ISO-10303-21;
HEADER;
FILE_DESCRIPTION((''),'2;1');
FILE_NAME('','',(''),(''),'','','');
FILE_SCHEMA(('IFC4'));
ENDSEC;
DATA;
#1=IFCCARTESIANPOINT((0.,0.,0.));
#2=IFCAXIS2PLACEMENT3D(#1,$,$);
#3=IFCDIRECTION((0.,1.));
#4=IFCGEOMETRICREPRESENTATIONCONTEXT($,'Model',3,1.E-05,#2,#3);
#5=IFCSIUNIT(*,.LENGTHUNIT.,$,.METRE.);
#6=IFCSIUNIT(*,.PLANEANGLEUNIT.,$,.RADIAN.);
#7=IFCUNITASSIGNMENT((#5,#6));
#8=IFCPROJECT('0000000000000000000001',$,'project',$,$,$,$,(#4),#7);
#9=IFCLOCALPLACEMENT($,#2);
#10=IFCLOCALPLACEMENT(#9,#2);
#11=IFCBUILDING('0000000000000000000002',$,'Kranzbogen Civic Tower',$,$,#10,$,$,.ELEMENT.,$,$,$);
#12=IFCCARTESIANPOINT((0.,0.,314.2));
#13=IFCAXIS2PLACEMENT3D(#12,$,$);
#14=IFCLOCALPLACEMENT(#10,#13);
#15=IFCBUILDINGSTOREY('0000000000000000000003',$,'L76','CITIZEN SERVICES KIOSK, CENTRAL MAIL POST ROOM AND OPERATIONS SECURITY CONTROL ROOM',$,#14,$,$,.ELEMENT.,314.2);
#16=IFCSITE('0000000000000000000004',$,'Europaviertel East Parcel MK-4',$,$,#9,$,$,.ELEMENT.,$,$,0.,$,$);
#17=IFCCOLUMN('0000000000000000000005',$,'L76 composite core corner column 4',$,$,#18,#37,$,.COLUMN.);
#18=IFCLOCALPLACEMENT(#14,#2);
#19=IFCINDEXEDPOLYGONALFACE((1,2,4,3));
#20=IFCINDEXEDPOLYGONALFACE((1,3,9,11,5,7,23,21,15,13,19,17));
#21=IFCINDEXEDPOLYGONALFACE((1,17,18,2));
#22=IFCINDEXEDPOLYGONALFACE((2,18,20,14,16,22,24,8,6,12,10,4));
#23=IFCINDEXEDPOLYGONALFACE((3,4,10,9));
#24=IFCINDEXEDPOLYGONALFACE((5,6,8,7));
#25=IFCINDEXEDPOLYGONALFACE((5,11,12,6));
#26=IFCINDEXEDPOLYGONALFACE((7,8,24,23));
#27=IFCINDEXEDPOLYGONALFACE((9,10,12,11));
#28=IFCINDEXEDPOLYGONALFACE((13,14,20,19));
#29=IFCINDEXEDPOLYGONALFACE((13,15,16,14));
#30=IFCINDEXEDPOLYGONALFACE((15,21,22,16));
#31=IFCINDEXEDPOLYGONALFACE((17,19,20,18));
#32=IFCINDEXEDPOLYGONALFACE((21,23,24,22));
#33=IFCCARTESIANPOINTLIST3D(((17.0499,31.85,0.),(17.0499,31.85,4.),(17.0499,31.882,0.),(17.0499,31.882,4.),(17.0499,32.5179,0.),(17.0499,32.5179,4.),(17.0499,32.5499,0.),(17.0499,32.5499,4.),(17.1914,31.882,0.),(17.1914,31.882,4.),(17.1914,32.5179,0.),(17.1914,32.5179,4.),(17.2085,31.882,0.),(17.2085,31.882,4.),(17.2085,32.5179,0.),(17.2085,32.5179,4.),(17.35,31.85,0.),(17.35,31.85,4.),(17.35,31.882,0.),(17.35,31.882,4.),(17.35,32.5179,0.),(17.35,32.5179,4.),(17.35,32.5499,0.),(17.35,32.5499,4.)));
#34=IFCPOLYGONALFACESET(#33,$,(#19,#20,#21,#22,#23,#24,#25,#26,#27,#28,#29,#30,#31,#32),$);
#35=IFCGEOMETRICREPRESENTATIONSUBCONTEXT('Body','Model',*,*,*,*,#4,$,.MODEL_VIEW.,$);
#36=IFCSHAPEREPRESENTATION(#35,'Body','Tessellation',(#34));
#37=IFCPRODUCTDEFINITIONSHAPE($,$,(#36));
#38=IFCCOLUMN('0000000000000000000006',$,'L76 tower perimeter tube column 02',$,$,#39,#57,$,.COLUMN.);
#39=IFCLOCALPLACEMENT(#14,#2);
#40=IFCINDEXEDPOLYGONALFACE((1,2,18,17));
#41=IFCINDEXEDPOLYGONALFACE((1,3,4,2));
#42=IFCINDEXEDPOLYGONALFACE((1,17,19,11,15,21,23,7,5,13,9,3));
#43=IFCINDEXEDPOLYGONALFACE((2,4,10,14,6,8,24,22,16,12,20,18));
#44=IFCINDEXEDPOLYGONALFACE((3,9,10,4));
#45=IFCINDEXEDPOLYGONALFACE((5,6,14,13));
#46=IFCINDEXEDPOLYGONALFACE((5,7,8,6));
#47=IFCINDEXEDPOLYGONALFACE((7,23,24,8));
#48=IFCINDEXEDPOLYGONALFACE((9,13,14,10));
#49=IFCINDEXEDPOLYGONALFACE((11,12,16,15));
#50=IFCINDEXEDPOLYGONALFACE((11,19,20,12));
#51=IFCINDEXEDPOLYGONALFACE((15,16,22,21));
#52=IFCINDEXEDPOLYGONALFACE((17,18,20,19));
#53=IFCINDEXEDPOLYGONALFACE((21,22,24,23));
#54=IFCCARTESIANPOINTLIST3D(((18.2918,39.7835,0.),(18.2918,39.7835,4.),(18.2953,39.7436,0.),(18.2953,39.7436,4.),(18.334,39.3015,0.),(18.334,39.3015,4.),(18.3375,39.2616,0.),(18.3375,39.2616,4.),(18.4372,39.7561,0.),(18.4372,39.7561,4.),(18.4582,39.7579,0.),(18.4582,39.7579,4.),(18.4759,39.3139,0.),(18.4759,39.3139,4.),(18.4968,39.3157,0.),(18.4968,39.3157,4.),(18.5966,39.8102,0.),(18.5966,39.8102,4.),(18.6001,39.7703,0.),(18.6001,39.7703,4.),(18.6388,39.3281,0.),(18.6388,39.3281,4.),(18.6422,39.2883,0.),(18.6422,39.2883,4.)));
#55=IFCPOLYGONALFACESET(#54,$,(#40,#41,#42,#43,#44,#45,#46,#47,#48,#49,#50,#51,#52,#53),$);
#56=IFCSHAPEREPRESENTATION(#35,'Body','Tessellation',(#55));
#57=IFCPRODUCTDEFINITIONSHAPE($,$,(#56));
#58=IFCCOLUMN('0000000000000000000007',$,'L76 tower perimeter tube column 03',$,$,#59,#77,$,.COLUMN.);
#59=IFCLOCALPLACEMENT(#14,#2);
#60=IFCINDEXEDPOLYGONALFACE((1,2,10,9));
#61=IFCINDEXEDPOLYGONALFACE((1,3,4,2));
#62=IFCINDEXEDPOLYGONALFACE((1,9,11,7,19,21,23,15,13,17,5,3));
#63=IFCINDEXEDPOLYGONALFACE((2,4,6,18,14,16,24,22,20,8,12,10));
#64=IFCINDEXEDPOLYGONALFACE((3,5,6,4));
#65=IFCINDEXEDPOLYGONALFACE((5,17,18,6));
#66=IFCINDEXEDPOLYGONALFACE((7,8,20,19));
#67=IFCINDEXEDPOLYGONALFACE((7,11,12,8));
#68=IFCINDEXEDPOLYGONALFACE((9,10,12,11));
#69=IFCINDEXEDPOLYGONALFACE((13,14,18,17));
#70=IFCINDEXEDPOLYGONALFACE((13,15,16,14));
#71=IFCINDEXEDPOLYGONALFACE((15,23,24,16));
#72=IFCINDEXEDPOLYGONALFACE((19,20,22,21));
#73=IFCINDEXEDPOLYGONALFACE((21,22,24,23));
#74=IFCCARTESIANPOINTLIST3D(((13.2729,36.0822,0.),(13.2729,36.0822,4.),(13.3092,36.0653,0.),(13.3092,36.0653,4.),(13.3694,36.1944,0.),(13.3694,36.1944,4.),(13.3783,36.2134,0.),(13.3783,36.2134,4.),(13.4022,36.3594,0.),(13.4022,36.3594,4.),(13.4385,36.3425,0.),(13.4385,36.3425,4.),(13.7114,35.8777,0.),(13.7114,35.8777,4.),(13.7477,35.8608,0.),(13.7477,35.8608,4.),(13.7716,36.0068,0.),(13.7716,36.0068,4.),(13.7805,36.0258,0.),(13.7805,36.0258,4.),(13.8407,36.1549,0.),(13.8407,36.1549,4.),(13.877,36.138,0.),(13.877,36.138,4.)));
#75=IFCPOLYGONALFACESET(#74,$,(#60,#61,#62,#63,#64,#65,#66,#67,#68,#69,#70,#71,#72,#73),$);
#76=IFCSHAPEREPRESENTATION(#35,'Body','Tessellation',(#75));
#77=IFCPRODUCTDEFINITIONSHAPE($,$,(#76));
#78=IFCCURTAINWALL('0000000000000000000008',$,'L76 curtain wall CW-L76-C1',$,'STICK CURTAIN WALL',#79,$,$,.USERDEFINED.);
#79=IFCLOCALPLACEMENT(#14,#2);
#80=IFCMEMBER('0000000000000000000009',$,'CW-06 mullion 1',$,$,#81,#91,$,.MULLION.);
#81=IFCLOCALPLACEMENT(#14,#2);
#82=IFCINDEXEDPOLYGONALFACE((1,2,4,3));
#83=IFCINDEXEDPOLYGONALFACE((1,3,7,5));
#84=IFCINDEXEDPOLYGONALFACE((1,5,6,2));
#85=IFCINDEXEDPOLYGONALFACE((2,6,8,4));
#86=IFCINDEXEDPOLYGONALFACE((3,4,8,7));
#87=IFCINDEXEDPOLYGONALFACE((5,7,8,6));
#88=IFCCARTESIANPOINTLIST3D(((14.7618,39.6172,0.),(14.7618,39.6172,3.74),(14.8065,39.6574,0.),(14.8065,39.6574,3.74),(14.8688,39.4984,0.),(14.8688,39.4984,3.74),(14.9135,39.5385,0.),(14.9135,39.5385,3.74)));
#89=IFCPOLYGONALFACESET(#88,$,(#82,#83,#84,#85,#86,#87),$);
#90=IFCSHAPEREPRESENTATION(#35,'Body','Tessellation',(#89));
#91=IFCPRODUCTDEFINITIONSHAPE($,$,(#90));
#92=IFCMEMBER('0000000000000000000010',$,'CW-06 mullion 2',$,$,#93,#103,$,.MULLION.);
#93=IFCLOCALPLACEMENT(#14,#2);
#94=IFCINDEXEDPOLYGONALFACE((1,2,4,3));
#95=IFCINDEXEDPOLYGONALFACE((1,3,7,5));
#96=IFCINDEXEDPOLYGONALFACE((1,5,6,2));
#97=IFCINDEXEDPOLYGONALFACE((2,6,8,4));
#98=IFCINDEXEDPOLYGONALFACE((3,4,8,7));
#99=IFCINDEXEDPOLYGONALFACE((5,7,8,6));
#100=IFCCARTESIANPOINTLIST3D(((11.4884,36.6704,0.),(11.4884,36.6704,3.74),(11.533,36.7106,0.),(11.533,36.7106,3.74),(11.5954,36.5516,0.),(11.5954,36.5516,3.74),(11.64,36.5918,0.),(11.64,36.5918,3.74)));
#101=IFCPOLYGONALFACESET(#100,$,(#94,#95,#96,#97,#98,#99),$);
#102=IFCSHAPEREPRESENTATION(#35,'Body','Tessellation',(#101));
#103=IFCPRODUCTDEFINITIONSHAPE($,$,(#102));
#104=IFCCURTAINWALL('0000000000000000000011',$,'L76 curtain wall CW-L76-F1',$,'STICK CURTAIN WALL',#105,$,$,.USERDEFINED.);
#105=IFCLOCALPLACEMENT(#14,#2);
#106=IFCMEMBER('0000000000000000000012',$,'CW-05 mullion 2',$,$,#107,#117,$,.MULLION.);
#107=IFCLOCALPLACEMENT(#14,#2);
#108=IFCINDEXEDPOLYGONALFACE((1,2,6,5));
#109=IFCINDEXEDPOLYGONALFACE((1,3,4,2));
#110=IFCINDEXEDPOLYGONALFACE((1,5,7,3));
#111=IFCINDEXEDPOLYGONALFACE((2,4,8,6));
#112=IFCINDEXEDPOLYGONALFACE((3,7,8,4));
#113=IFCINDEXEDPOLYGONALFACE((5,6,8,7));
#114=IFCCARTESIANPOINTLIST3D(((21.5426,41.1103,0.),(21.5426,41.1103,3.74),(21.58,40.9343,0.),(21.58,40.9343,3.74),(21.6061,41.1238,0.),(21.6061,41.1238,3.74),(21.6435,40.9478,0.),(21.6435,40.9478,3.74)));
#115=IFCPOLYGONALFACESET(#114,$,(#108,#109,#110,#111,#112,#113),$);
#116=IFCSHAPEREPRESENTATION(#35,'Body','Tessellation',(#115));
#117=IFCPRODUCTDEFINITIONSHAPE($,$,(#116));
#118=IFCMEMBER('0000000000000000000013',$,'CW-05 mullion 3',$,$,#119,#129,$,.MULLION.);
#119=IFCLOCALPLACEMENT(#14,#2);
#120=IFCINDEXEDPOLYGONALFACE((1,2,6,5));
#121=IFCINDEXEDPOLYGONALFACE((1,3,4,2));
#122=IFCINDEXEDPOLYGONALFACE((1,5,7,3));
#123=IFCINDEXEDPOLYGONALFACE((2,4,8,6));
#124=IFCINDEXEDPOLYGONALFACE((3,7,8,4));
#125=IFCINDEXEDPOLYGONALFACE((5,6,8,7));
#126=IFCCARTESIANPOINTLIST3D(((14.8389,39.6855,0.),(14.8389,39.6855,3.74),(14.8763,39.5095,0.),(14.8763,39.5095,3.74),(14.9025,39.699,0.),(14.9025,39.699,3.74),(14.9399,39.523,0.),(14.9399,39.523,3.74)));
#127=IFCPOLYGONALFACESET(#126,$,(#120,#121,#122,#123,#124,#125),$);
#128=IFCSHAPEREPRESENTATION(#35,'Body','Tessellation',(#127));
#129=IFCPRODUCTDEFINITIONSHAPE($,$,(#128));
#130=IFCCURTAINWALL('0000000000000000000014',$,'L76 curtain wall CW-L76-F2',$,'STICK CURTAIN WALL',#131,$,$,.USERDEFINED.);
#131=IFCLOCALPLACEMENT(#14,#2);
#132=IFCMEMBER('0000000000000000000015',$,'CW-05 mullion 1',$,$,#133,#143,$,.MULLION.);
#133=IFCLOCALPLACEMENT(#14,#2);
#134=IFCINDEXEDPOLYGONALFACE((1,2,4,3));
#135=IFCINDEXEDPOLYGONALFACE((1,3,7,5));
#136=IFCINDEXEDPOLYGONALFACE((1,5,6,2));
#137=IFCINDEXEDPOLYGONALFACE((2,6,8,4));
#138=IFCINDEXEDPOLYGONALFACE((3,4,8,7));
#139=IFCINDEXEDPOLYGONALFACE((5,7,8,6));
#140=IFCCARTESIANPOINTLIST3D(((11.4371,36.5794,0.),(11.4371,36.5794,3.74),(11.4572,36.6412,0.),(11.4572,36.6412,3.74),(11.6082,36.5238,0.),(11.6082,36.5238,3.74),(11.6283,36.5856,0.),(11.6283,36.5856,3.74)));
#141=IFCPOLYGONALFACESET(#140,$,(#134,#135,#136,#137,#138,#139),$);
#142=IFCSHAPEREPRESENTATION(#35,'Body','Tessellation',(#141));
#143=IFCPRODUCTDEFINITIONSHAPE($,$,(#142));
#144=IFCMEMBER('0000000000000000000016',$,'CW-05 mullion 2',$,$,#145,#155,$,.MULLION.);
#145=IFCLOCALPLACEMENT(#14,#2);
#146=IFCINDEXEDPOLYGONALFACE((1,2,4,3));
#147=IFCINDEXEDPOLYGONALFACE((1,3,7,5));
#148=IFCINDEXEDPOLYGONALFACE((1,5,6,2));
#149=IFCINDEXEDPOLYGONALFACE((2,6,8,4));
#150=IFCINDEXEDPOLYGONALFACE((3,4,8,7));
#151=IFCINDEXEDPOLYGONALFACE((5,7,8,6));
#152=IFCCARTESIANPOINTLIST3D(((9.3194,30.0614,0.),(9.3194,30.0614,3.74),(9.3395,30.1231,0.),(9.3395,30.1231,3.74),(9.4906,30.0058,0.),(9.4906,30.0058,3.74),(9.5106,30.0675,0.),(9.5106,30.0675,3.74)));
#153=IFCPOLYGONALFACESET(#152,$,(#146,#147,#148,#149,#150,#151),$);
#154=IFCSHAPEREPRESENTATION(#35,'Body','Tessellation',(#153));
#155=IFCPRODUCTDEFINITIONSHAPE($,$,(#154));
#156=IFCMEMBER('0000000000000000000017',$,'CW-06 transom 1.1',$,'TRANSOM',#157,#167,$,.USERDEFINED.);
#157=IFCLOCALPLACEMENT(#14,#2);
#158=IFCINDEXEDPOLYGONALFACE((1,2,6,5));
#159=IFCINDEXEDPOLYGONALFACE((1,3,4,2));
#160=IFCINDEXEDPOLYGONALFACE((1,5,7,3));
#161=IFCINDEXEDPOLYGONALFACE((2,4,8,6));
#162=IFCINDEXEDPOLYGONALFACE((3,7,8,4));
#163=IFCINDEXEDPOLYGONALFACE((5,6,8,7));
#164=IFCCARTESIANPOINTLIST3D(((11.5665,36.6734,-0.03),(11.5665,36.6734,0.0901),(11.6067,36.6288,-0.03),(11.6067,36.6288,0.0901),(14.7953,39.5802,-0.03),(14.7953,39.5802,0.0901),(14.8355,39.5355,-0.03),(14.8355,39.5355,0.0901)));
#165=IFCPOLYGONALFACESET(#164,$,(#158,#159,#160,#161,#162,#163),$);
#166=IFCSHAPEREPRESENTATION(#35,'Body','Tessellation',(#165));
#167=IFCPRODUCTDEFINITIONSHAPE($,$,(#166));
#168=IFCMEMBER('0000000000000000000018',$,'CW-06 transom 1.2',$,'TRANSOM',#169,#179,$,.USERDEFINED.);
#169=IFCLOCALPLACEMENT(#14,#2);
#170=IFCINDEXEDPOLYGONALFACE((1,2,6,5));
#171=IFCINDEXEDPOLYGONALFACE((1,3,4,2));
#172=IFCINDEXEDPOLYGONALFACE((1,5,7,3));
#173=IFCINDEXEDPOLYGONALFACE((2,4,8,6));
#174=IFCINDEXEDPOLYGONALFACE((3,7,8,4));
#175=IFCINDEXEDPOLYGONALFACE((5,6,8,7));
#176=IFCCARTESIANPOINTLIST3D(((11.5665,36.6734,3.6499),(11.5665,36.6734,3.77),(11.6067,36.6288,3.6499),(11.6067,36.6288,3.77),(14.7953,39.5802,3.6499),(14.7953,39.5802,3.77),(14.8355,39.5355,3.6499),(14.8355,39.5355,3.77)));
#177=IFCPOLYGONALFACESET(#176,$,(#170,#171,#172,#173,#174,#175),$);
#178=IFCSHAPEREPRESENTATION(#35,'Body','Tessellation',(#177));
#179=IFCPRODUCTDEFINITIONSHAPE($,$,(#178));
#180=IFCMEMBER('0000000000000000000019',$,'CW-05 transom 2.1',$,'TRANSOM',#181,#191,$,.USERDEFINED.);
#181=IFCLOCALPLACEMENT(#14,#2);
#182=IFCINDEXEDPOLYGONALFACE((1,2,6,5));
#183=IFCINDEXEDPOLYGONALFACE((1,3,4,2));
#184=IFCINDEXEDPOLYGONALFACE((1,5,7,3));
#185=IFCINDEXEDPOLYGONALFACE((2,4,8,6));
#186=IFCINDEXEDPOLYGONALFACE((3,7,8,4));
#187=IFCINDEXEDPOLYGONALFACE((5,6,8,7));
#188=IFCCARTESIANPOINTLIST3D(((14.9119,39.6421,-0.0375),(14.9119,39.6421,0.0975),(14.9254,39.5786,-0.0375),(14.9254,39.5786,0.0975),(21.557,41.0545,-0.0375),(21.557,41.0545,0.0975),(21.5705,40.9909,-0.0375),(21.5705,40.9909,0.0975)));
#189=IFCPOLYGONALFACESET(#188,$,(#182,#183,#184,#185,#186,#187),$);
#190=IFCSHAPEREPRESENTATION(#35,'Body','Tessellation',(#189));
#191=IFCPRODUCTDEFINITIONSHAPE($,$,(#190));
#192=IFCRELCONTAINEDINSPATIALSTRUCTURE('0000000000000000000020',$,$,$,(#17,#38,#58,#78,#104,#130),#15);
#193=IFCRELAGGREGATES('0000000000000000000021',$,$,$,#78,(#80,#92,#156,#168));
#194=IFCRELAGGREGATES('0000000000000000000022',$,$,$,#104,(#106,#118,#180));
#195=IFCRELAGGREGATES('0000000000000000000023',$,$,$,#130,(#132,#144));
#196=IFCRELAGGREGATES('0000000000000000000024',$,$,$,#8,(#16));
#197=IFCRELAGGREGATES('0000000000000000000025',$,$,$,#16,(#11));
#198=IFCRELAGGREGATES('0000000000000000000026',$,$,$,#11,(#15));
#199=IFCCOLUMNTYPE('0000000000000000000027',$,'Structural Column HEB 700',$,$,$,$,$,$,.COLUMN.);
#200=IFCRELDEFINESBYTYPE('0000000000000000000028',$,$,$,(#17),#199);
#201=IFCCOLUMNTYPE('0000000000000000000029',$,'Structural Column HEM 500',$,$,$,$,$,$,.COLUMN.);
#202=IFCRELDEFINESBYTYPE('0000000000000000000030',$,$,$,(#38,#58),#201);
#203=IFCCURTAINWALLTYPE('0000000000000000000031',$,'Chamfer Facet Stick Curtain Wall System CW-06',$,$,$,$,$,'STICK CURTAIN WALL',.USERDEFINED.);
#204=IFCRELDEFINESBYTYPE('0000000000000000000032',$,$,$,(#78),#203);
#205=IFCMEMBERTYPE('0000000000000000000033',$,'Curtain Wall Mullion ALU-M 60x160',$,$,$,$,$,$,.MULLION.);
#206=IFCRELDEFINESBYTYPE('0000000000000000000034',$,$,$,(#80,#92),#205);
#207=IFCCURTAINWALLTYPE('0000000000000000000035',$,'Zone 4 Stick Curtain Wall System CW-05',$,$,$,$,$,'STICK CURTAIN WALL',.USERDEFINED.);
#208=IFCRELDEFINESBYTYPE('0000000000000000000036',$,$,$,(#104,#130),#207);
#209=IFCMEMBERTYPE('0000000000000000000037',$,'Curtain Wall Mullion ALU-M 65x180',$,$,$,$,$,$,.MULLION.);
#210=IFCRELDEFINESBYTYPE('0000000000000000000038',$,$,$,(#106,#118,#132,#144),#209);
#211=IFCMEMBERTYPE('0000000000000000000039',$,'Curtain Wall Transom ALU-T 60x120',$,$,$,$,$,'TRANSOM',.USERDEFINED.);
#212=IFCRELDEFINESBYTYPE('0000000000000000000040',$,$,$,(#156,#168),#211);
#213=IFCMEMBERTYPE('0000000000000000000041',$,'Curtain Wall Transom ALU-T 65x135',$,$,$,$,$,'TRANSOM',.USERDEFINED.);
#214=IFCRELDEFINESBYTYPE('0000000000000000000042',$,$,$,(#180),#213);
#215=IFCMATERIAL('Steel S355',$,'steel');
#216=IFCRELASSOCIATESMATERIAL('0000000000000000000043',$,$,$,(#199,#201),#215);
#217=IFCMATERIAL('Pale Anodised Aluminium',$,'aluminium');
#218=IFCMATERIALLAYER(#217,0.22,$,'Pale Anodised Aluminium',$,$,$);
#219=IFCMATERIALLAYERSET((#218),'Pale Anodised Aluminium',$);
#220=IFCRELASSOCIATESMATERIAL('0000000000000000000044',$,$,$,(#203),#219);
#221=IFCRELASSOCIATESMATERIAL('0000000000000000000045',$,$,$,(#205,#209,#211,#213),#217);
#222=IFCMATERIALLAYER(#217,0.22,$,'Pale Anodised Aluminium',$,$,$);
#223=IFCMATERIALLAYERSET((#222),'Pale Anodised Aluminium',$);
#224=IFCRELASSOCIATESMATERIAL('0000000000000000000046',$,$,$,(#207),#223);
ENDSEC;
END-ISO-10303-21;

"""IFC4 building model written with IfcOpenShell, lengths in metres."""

from ifc_helpers import new_model, si_unit, direction, frame, origin, origin_2d, place, context, subcontext, project, spatial, rectangle, i_section, extrude, material, layer, layer_set, material_profile, profile_set, type_object, element, aggregate, save


model = new_model("IFC4")

# Units and contexts
model_context = context("Model", 3, precision=1e-05, world=origin(), true_north=direction((0.0, 1.0)))
body_context = subcontext(model_context, "Body", "Model", "MODEL_VIEW")
ifc_project = project(units=[si_unit("LENGTHUNIT", "METRE"), si_unit("PLANEANGLEUNIT", "RADIAN")], contexts=[model_context])

# Site, building, storey
site_placement = place(None, origin())
site = spatial("IfcSite", under=ifc_project, at=site_placement, Name="Europaviertel East Parcel MK-4", CompositionType="ELEMENT", RefElevation=0.0)
building_placement = place(site_placement, origin())
building = spatial("IfcBuilding", under=site, at=building_placement, Name="Kranzbogen Civic Tower", CompositionType="ELEMENT")
storey_placement = place(building_placement, frame((0.0, 0.0, 314.2)))
storey = spatial("IfcBuildingStorey", under=building, at=storey_placement, Name="L76", Description="CITIZEN SERVICES KIOSK, CENTRAL MAIL POST ROOM AND OPERATIONS SECURITY CONTROL ROOM", CompositionType="ELEMENT", Elevation=314.2)

# Columns
ifc_material_1 = material(Name="Steel S355", Category="steel")
ifc_material_profile_1 = material_profile(ifc_material_1, i_section(OverallWidth=0.3, OverallDepth=0.7, WebThickness=0.0171, FlangeThickness=0.032, at=origin_2d()), Name="HEB 700")
ifc_profile_set_1 = profile_set([ifc_material_profile_1], Name="Steel S355")
column_type_1 = type_object("IfcColumnType", Name="Structural Column HEB 700", PredefinedType="COLUMN", material=ifc_profile_set_1)
column_placement = place(storey_placement, frame((17.2, 32.2, 0.0), z_axis=(0.0, 0.0, 1.0), x_axis=(1.0, 0.0, 0.0)))
element("IfcColumn", 1, at=column_placement, inside=storey, type_object=column_type_1, Name="L76 composite core corner column 4", PredefinedType="COLUMN", context=body_context, shape_type="SweptSolid", body=[
    extrude(i_section(OverallWidth=0.3, OverallDepth=0.7, WebThickness=0.0171, FlangeThickness=0.032, at=origin_2d()), origin(), (0.0, 0.0, 1.0), 4.0),
])
ifc_material_profile_2 = material_profile(ifc_material_1, i_section(OverallWidth=0.3059, OverallDepth=0.5239, WebThickness=0.021, FlangeThickness=0.04, at=origin_2d()), Name="HEM 500")
ifc_profile_set_2 = profile_set([ifc_material_profile_2], Name="Steel S355")
column_type_2 = type_object("IfcColumnType", Name="Structural Column HEM 500", PredefinedType="COLUMN", material=ifc_profile_set_2)
for number, where, z_axis, x_axis, name in (
    (2, (18.467, 39.5359, 0.0), (0.0, 0.0, 1.0), (0.996195, 0.087156, 0.0), "L76 tower perimeter tube column 02"),
    (3, (13.575, 36.1101, 0.0), (0.0, 0.0, 1.0), (0.422618, 0.906308, 0.0), "L76 tower perimeter tube column 03"),
):
    element("IfcColumn", number, at=place(storey_placement, frame(where, z_axis=z_axis, x_axis=x_axis)), inside=storey, type_object=column_type_2, Name=name, PredefinedType="COLUMN", context=body_context, shape_type="SweptSolid", body=[
        extrude(i_section(OverallWidth=0.3059, OverallDepth=0.5239, WebThickness=0.021, FlangeThickness=0.04, at=origin_2d()), origin(), (0.0, 0.0, 1.0), 4.0),
    ])

# Curtain walls, members
ifc_material_2 = material(Name="Pale Anodised Aluminium", Category="aluminium")
ifc_layer_1 = layer(ifc_material_2, 0.22, Name="Pale Anodised Aluminium")
ifc_layer_set_1 = layer_set([ifc_layer_1], Name="Pale Anodised Aluminium")
curtain_wall_type_1 = type_object("IfcCurtainWallType", Name="Chamfer Facet Stick Curtain Wall System CW-06", ElementType="STICK CURTAIN WALL", PredefinedType="USERDEFINED", material=ifc_layer_set_1)
curtain_wall_1_placement = place(storey_placement, origin())
curtain_wall_1 = element("IfcCurtainWall", 4, at=curtain_wall_1_placement, inside=storey, type_object=curtain_wall_type_1, Name="L76 curtain wall CW-L76-C1", ObjectType="STICK CURTAIN WALL", PredefinedType="USERDEFINED")
ifc_material_profile_3 = material_profile(ifc_material_2, rectangle(XDim=0.0601, YDim=0.1599, at=origin_2d()), Name="ALU-M 60x160")
ifc_profile_set_3 = profile_set([ifc_material_profile_3], Name="Pale Anodised Aluminium")
member_type_1 = type_object("IfcMemberType", Name="Curtain Wall Mullion ALU-M 60x160", PredefinedType="MULLION", material=ifc_profile_set_3)
member_1_placement = place(storey_placement, frame((14.8376, 39.5779, 0.0), z_axis=(0.0, 0.0, 1.0), x_axis=(-0.743205, -0.669064, 0.0)))
member_1 = element("IfcMember", 5, at=member_1_placement, type_object=member_type_1, Name="CW-06 mullion 1", PredefinedType="MULLION", context=body_context, shape_type="SweptSolid", body=[
    extrude(rectangle(XDim=0.0601, YDim=0.1599, at=origin_2d()), origin(), (0.0, 0.0, 1.0), 3.74),
])
member_2_placement = place(storey_placement, frame((11.5642, 36.6311, 0.0), z_axis=(0.0, 0.0, 1.0), x_axis=(-0.743205, -0.669064, 0.0)))
member_2 = element("IfcMember", 6, at=member_2_placement, type_object=member_type_1, Name="CW-06 mullion 2", PredefinedType="MULLION", context=body_context, shape_type="SweptSolid", body=[
    extrude(rectangle(XDim=0.0601, YDim=0.1599, at=origin_2d()), origin(), (0.0, 0.0, 1.0), 3.74),
])
ifc_layer_2 = layer(ifc_material_2, 0.22, Name="Pale Anodised Aluminium")
ifc_layer_set_2 = layer_set([ifc_layer_2], Name="Pale Anodised Aluminium")
curtain_wall_type_2 = type_object("IfcCurtainWallType", Name="Zone 4 Stick Curtain Wall System CW-05", ElementType="STICK CURTAIN WALL", PredefinedType="USERDEFINED", material=ifc_layer_set_2)
curtain_wall_2_placement = place(storey_placement, origin())
curtain_wall_2 = element("IfcCurtainWall", 7, at=curtain_wall_2_placement, inside=storey, type_object=curtain_wall_type_2, Name="L76 curtain wall CW-L76-F1", ObjectType="STICK CURTAIN WALL", PredefinedType="USERDEFINED")
ifc_material_profile_4 = material_profile(ifc_material_2, rectangle(XDim=0.0649, YDim=0.1799, at=origin_2d()), Name="ALU-M 65x180")
ifc_profile_set_4 = profile_set([ifc_material_profile_4], Name="Pale Anodised Aluminium")
member_type_2 = type_object("IfcMemberType", Name="Curtain Wall Mullion ALU-M 65x180", PredefinedType="MULLION", material=ifc_profile_set_4)
member_3_placement = place(storey_placement, frame((21.593, 41.0291, 0.0), z_axis=(0.0, 0.0, 1.0), x_axis=(-0.978152, -0.207892, 0.0)))
member_3 = element("IfcMember", 8, at=member_3_placement, type_object=member_type_2, Name="CW-05 mullion 2", PredefinedType="MULLION", context=body_context, shape_type="SweptSolid", body=[
    extrude(rectangle(XDim=0.0649, YDim=0.1799, at=origin_2d()), origin(), (0.0, 0.0, 1.0), 3.74),
])
member_4_placement = place(storey_placement, frame((14.8894, 39.6042, 0.0), z_axis=(0.0, 0.0, 1.0), x_axis=(-0.978152, -0.207892, 0.0)))
member_4 = element("IfcMember", 9, at=member_4_placement, type_object=member_type_2, Name="CW-05 mullion 3", PredefinedType="MULLION", context=body_context, shape_type="SweptSolid", body=[
    extrude(rectangle(XDim=0.0649, YDim=0.1799, at=origin_2d()), origin(), (0.0, 0.0, 1.0), 3.74),
])
curtain_wall_3_placement = place(storey_placement, origin())
curtain_wall_3 = element("IfcCurtainWall", 10, at=curtain_wall_3_placement, inside=storey, type_object=curtain_wall_type_2, Name="L76 curtain wall CW-L76-F2", ObjectType="STICK CURTAIN WALL", PredefinedType="USERDEFINED")
member_5_placement = place(storey_placement, frame((11.5327, 36.5825, 0.0), z_axis=(0.0, 0.0, 1.0), x_axis=(-0.309006, -0.95106, 0.0)))
member_5 = element("IfcMember", 11, at=member_5_placement, type_object=member_type_2, Name="CW-05 mullion 1", PredefinedType="MULLION", context=body_context, shape_type="SweptSolid", body=[
    extrude(rectangle(XDim=0.0649, YDim=0.1799, at=origin_2d()), origin(), (0.0, 0.0, 1.0), 3.74),
])
member_6_placement = place(storey_placement, frame((9.415, 30.0645, 0.0), z_axis=(0.0, 0.0, 1.0), x_axis=(-0.309006, -0.95106, 0.0)))
member_6 = element("IfcMember", 12, at=member_6_placement, type_object=member_type_2, Name="CW-05 mullion 2", PredefinedType="MULLION", context=body_context, shape_type="SweptSolid", body=[
    extrude(rectangle(XDim=0.0649, YDim=0.1799, at=origin_2d()), origin(), (0.0, 0.0, 1.0), 3.74),
])

# Members
ifc_material_profile_5 = material_profile(ifc_material_2, rectangle(XDim=0.0601, YDim=0.1201, at=origin_2d()), Name="ALU-T 60x120")
ifc_profile_set_5 = profile_set([ifc_material_profile_5], Name="Pale Anodised Aluminium")
member_type_3 = type_object("IfcMemberType", Name="Curtain Wall Transom ALU-T 60x120", ElementType="TRANSOM", PredefinedType="USERDEFINED", material=ifc_profile_set_5)
member_7_placement = place(storey_placement, frame((14.8154, 39.5579, 0.03), z_axis=(-0.743196, -0.669073, 0.0), x_axis=(0.669073, -0.743196, 0.0)))
member_7 = element("IfcMember", 13, at=member_7_placement, type_object=member_type_3, Name="CW-06 transom 1.1", ObjectType="TRANSOM", PredefinedType="USERDEFINED", context=body_context, shape_type="SweptSolid", body=[
    extrude(rectangle(XDim=0.0601, YDim=0.1201, at=origin_2d()), origin(), (0.0, 0.0, 1.0), 4.3445),
])
member_8_placement = place(storey_placement, frame((14.8154, 39.5579, 3.71), z_axis=(-0.743196, -0.669073, 0.0), x_axis=(0.669073, -0.743196, 0.0)))
member_8 = element("IfcMember", 14, at=member_8_placement, type_object=member_type_3, Name="CW-06 transom 1.2", ObjectType="TRANSOM", PredefinedType="USERDEFINED", context=body_context, shape_type="SweptSolid", body=[
    extrude(rectangle(XDim=0.0601, YDim=0.1201, at=origin_2d()), origin(), (0.0, 0.0, 1.0), 4.3445),
])
ifc_material_profile_6 = material_profile(ifc_material_2, rectangle(XDim=0.0649, YDim=0.135, at=origin_2d()), Name="ALU-T 65x135")
ifc_profile_set_6 = profile_set([ifc_material_profile_6], Name="Pale Anodised Aluminium")
member_type_4 = type_object("IfcMemberType", Name="Curtain Wall Transom ALU-T 65x135", ElementType="TRANSOM", PredefinedType="USERDEFINED", material=ifc_profile_set_6)
member_9_placement = place(storey_placement, frame((21.5637, 41.0227, 0.03), z_axis=(-0.97815, -0.207899, 0.0), x_axis=(0.207899, -0.97815, 0.0)))
member_9 = element("IfcMember", 15, at=member_9_placement, type_object=member_type_4, Name="CW-05 transom 2.1", ObjectType="TRANSOM", PredefinedType="USERDEFINED", context=body_context, shape_type="SweptSolid", body=[
    extrude(rectangle(XDim=0.0649, YDim=0.135, at=origin_2d()), origin(), (0.0, 0.0, 1.0), 6.7935),
])

aggregate(curtain_wall_1, [member_1, member_2, member_7, member_8])
aggregate(curtain_wall_2, [member_3, member_4, member_9])
aggregate(curtain_wall_3, [member_5, member_6])

save(model, "model.ifc")
